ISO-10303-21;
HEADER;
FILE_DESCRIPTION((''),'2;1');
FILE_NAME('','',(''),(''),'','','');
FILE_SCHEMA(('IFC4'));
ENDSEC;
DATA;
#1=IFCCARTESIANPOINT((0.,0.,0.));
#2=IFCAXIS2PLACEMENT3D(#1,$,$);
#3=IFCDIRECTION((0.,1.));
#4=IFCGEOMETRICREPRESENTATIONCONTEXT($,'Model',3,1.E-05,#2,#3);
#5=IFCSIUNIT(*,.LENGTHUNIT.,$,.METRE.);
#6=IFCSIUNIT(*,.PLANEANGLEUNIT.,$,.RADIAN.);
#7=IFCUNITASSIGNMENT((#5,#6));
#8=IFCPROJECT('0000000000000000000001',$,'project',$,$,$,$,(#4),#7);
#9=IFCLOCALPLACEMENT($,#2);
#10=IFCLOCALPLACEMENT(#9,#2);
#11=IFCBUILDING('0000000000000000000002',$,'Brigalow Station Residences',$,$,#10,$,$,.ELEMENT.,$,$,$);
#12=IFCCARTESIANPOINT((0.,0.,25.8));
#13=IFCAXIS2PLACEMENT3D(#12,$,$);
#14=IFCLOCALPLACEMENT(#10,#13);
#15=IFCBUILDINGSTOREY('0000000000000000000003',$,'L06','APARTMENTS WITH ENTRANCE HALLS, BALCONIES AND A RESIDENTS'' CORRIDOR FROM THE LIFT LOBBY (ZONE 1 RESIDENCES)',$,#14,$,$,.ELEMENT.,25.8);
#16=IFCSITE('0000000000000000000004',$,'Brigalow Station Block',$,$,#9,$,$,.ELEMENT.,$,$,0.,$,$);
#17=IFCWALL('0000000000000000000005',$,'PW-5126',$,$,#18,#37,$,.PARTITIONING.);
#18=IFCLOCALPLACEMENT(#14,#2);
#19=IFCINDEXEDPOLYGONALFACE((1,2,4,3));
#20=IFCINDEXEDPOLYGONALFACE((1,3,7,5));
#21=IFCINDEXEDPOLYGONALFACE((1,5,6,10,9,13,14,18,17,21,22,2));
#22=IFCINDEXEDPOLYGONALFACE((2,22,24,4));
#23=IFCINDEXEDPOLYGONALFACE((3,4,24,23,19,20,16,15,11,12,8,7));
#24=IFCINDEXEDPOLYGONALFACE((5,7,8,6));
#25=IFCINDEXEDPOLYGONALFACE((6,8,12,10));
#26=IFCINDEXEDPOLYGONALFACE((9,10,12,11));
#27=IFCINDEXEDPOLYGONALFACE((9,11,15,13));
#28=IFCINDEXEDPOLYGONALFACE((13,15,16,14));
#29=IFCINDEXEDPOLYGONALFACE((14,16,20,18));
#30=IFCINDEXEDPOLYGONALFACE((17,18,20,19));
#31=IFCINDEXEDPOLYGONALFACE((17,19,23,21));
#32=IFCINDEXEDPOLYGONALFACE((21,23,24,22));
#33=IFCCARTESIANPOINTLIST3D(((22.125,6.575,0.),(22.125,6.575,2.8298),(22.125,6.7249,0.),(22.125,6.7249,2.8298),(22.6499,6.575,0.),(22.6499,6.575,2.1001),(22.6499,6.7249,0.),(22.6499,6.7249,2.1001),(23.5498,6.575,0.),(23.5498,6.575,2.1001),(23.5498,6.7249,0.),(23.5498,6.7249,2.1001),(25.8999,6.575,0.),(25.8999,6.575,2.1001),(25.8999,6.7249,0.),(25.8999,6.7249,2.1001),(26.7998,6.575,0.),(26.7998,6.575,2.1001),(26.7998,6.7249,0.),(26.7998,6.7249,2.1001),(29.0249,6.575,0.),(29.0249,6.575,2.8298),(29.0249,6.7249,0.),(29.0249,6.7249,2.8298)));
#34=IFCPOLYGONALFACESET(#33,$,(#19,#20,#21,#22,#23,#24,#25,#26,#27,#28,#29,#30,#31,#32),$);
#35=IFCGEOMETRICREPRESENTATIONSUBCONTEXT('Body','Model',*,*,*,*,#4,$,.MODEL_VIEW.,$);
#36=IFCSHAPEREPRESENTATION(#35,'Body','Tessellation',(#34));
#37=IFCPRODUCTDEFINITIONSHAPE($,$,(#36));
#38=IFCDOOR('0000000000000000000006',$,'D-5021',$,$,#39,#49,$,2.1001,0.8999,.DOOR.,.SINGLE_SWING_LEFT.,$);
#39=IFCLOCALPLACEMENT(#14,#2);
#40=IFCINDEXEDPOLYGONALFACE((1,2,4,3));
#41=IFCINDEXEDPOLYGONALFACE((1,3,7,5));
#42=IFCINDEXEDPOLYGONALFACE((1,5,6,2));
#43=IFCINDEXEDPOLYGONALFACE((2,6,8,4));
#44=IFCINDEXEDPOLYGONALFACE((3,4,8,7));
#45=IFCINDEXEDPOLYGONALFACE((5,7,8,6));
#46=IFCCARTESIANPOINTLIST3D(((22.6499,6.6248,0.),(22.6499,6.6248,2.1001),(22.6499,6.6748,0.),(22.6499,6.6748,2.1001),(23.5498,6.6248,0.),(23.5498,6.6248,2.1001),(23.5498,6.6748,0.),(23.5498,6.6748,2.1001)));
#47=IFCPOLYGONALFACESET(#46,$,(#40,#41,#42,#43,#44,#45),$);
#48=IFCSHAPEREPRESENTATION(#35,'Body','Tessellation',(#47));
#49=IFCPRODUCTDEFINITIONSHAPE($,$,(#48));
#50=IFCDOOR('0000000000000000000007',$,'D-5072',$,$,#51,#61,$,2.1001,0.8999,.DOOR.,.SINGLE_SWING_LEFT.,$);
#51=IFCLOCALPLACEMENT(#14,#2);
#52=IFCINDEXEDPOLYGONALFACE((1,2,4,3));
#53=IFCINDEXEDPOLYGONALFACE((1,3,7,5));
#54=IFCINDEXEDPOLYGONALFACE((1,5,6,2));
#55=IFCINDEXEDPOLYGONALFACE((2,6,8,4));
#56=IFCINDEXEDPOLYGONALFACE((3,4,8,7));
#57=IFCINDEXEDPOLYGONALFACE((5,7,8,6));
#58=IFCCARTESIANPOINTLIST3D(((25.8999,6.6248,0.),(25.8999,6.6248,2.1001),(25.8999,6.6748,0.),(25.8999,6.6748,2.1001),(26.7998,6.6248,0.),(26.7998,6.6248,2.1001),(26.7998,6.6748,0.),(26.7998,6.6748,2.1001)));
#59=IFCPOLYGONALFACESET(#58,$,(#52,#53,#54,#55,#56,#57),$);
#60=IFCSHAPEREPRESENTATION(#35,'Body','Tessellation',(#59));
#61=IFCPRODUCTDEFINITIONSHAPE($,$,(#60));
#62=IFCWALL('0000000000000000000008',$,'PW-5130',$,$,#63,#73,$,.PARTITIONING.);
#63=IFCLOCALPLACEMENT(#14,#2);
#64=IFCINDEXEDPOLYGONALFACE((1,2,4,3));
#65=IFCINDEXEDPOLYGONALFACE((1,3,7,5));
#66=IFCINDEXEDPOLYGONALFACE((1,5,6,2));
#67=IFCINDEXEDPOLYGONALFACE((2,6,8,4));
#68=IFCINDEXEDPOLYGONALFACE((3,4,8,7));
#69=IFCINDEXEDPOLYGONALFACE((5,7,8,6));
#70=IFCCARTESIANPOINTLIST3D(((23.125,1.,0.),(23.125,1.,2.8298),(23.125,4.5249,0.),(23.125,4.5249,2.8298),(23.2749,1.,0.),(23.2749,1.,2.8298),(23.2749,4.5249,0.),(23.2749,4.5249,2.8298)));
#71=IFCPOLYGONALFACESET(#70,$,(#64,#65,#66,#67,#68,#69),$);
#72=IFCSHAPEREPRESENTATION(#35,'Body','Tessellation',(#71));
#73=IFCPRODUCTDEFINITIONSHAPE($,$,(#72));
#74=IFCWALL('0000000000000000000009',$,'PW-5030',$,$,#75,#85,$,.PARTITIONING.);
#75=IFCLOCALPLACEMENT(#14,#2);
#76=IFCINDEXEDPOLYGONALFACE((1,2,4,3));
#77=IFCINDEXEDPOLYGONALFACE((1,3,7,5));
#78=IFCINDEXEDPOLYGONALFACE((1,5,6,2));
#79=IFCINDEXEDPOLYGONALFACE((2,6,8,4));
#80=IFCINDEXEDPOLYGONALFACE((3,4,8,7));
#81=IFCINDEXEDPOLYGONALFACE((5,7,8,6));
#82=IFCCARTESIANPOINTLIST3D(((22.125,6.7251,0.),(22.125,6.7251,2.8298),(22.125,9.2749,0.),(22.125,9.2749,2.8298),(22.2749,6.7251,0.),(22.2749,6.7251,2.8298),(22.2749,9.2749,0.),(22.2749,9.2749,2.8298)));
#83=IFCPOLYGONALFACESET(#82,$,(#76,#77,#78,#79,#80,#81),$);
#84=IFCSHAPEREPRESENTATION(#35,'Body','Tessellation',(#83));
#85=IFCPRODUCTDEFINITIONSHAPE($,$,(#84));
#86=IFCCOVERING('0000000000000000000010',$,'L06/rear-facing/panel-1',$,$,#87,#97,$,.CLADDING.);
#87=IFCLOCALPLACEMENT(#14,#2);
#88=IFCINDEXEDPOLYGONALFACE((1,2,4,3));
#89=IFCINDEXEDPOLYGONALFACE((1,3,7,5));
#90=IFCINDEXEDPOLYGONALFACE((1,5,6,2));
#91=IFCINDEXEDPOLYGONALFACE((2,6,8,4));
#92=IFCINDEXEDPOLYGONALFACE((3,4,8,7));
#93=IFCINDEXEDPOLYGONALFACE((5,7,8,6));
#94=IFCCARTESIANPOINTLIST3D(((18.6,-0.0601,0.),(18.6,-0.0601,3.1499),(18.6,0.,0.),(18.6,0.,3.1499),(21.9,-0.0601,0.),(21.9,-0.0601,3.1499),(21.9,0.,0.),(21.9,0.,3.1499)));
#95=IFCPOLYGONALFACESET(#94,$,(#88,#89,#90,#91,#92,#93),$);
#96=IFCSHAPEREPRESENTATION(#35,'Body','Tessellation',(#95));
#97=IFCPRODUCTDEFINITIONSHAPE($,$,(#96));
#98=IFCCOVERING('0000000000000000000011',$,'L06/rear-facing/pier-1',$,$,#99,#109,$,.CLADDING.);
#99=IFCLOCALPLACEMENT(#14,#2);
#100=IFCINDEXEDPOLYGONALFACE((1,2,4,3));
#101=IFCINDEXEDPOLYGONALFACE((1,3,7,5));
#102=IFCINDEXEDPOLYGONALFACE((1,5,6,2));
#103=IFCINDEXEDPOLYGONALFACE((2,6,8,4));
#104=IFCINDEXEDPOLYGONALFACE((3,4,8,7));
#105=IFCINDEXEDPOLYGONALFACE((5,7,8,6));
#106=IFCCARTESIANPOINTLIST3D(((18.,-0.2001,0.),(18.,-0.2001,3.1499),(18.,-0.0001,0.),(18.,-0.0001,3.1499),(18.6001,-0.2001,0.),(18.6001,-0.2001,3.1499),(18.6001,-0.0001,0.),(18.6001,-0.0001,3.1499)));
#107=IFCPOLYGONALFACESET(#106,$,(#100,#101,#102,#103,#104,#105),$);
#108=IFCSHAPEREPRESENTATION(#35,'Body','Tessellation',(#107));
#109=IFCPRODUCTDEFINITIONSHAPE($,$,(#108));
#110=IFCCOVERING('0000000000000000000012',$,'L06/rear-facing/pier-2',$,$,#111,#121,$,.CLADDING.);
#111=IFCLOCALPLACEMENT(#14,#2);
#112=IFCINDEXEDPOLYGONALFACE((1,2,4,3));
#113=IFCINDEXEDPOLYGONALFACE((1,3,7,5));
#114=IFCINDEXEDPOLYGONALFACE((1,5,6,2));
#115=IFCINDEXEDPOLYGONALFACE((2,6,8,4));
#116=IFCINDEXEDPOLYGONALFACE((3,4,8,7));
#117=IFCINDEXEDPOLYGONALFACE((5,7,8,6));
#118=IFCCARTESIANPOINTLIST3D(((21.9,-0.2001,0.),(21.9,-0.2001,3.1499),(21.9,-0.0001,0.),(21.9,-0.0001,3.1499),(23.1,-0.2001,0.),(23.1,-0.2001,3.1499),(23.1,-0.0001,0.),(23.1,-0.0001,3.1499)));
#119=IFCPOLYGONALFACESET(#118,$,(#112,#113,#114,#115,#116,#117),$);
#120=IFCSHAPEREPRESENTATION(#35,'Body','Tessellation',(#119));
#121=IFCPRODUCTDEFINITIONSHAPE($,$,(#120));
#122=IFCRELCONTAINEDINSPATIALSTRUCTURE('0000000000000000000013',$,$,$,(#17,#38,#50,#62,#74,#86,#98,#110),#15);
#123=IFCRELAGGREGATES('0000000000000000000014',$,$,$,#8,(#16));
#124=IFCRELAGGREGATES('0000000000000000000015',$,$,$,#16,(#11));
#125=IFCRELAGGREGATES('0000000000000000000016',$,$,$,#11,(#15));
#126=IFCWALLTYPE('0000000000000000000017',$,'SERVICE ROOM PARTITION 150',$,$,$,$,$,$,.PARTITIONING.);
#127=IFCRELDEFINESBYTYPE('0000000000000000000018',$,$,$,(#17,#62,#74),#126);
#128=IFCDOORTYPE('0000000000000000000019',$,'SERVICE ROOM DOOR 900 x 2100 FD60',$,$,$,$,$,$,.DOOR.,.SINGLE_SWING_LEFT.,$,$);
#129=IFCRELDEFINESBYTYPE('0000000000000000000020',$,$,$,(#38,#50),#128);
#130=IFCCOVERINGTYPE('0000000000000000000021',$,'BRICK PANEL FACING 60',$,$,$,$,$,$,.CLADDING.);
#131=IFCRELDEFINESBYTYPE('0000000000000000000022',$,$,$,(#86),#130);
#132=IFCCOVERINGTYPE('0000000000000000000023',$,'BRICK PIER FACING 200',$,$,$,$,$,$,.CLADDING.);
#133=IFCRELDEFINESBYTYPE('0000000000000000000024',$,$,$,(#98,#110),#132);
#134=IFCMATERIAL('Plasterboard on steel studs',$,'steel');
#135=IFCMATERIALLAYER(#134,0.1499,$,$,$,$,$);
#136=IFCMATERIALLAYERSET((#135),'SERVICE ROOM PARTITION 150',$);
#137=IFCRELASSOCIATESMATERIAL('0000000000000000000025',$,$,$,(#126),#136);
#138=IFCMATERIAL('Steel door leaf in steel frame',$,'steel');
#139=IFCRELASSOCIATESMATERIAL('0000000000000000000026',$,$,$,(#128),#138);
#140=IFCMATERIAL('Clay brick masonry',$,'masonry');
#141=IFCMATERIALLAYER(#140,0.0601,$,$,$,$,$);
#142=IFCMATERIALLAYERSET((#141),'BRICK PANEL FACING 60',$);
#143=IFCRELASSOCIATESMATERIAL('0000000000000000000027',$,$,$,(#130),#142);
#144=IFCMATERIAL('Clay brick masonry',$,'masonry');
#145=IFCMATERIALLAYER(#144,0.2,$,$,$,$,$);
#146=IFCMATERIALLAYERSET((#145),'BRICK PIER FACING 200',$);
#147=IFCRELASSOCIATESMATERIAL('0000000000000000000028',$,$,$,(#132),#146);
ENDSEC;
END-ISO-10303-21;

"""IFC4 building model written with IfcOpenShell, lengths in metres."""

from ifc_helpers import new_model, si_unit, direction, frame, frame_2d, origin, origin_2d, place, context, subcontext, project, spatial, rectangle, extrude, material, layer, layer_set, type_object, element, fill, save


model = new_model("IFC4")

# Units and contexts
model_context = context("Model", 3, precision=1e-05, world=origin(), true_north=direction((0.0, 1.0)))
body_context = subcontext(model_context, "Body", "Model", "MODEL_VIEW")
ifc_project = project(units=[si_unit("LENGTHUNIT", "METRE"), si_unit("PLANEANGLEUNIT", "RADIAN")], contexts=[model_context])

# Site, building, storey
site_placement = place(None, origin())
site = spatial("IfcSite", under=ifc_project, at=site_placement, Name="Brigalow Station Block", CompositionType="ELEMENT", RefElevation=0.0)
building_placement = place(site_placement, origin())
building = spatial("IfcBuilding", under=site, at=building_placement, Name="Brigalow Station Residences", CompositionType="ELEMENT")
storey_placement = place(building_placement, frame((0.0, 0.0, 25.8)))
storey = spatial("IfcBuildingStorey", under=building, at=storey_placement, Name="L06", Description="APARTMENTS WITH ENTRANCE HALLS, BALCONIES AND A RESIDENTS' CORRIDOR FROM THE LIFT LOBBY (ZONE 1 RESIDENCES)", CompositionType="ELEMENT", Elevation=25.8)

# Wall, openings, doors
ifc_material_1 = material(Name="Plasterboard on steel studs", Category="steel")
ifc_layer_1 = layer(ifc_material_1, 0.1499)
ifc_layer_set_1 = layer_set([ifc_layer_1], Name="SERVICE ROOM PARTITION 150")
wall_type_1 = type_object("IfcWallType", Name="SERVICE ROOM PARTITION 150", PredefinedType="PARTITIONING", material=ifc_layer_set_1)
ifc_material_2 = material(Name="Steel door leaf in steel frame", Category="steel")
door_type = type_object("IfcDoorType", Name="SERVICE ROOM DOOR 900 x 2100 FD60", OperationType="SINGLE_SWING_LEFT", PredefinedType="DOOR", material=ifc_material_2)
wall_1_placement = place(storey_placement, frame((22.125, 6.6499, 0.0), z_axis=(0.0, 0.0, 1.0), x_axis=(1.0, 0.0, 0.0)))
wall_1 = element("IfcWall", 1, at=wall_1_placement, inside=storey, type_object=wall_type_1, Name="PW-5126", PredefinedType="PARTITIONING", context=body_context, shape_type="SweptSolid", body=[
    extrude(rectangle(XDim=6.8999, YDim=0.1499, at=frame_2d((3.45, 0.0))), origin(), (0.0, 0.0, 1.0), 2.8298),
])
opening_1_placement = place(wall_1_placement, frame((0.5249, 0.0, 0.0)))
opening_1 = element("IfcOpeningElement", 2, at=opening_1_placement, cuts=wall_1, PredefinedType="OPENING", context=body_context, shape_type="SweptSolid", body=[
    extrude(rectangle(XDim=0.8999, YDim=2.1001, at=frame_2d((0.45, 1.05))), frame((0.0, 0.085, 0.0), z_axis=(0.0, -1.0, 0.0), x_axis=(1.0, 0.0, 0.0)), (0.0, 0.0, 1.0), 0.1699),
])
opening_2_placement = place(wall_1_placement, frame((3.7749, 0.0, 0.0)))
opening_2 = element("IfcOpeningElement", 3, at=opening_2_placement, cuts=wall_1, PredefinedType="OPENING", context=body_context, shape_type="SweptSolid", body=[
    extrude(rectangle(XDim=0.8999, YDim=2.1001, at=frame_2d((0.45, 1.05))), frame((0.0, 0.085, 0.0), z_axis=(0.0, -1.0, 0.0), x_axis=(1.0, 0.0, 0.0)), (0.0, 0.0, 1.0), 0.1699),
])
door_1_placement = place(opening_1_placement, origin())
door_1 = element("IfcDoor", 4, at=door_1_placement, inside=storey, type_object=door_type, Name="D-5021", OperationType="SINGLE_SWING_LEFT", OverallHeight=2.1001, OverallWidth=0.8999, PredefinedType="DOOR", context=body_context, shape_type="SweptSolid", body=[
    extrude(rectangle(XDim=0.8999, YDim=2.1001, at=frame_2d((0.45, 1.05))), frame((0.0, 0.0249, 0.0), z_axis=(0.0, -1.0, 0.0), x_axis=(1.0, 0.0, 0.0)), (0.0, 0.0, 1.0), 0.05),
])
fill(opening_1, door_1)
door_2_placement = place(opening_2_placement, origin())
door_2 = element("IfcDoor", 5, at=door_2_placement, inside=storey, type_object=door_type, Name="D-5072", OperationType="SINGLE_SWING_LEFT", OverallHeight=2.1001, OverallWidth=0.8999, PredefinedType="DOOR", context=body_context, shape_type="SweptSolid", body=[
    extrude(rectangle(XDim=0.8999, YDim=2.1001, at=frame_2d((0.45, 1.05))), frame((0.0, 0.0249, 0.0), z_axis=(0.0, -1.0, 0.0), x_axis=(1.0, 0.0, 0.0)), (0.0, 0.0, 1.0), 0.05),
])
fill(opening_2, door_2)

# Walls
wall_2_placement = place(storey_placement, frame((23.2, 1.0, 0.0), z_axis=(0.0, 0.0, 1.0), x_axis=(0.0, 1.0, 0.0)))
element("IfcWall", 6, at=wall_2_placement, inside=storey, type_object=wall_type_1, Name="PW-5130", PredefinedType="PARTITIONING", context=body_context, shape_type="SweptSolid", body=[
    extrude(rectangle(XDim=3.5249, YDim=0.1499, at=frame_2d((1.7625, 0.0))), origin(), (0.0, 0.0, 1.0), 2.8298),
])
wall_3_placement = place(storey_placement, frame((22.2, 6.7251, 0.0), z_axis=(0.0, 0.0, 1.0), x_axis=(0.0, 1.0, 0.0)))
element("IfcWall", 7, at=wall_3_placement, inside=storey, type_object=wall_type_1, Name="PW-5030", PredefinedType="PARTITIONING", context=body_context, shape_type="SweptSolid", body=[
    extrude(rectangle(XDim=2.5498, YDim=0.1499, at=frame_2d((1.2749, 0.0))), origin(), (0.0, 0.0, 1.0), 2.8298),
])

# Coverings
ifc_material_3 = material(Name="Clay brick masonry", Category="masonry")
ifc_layer_2 = layer(ifc_material_3, 0.0601)
ifc_layer_set_2 = layer_set([ifc_layer_2], Name="BRICK PANEL FACING 60")
covering_type_1 = type_object("IfcCoveringType", Name="BRICK PANEL FACING 60", PredefinedType="CLADDING", material=ifc_layer_set_2)
covering_1_placement = place(storey_placement, frame((20.25, -0.03, 0.0), z_axis=(0.0, 0.0, 1.0), x_axis=(1.0, 0.0, 0.0)))
element("IfcCovering", 8, at=covering_1_placement, inside=storey, type_object=covering_type_1, Name="L06/rear-facing/panel-1", PredefinedType="CLADDING", context=body_context, shape_type="SweptSolid", body=[
    extrude(rectangle(XDim=3.3, YDim=0.0601, at=origin_2d()), origin(), (0.0, 0.0, 1.0), 3.1499),
])
ifc_material_4 = material(Name="Clay brick masonry", Category="masonry")
ifc_layer_3 = layer(ifc_material_4, 0.2)
ifc_layer_set_3 = layer_set([ifc_layer_3], Name="BRICK PIER FACING 200")
covering_type_2 = type_object("IfcCoveringType", Name="BRICK PIER FACING 200", PredefinedType="CLADDING", material=ifc_layer_set_3)
covering_2_placement = place(storey_placement, frame((18.3, -0.1001, 0.0), z_axis=(0.0, 0.0, 1.0), x_axis=(1.0, 0.0, 0.0)))
element("IfcCovering", 9, at=covering_2_placement, inside=storey, type_object=covering_type_2, Name="L06/rear-facing/pier-1", PredefinedType="CLADDING", context=body_context, shape_type="SweptSolid", body=[
    extrude(rectangle(XDim=0.6001, YDim=0.2, at=origin_2d()), origin(), (0.0, 0.0, 1.0), 3.1499),
])
covering_3_placement = place(storey_placement, frame((22.5, -0.1001, 0.0), z_axis=(0.0, 0.0, 1.0), x_axis=(1.0, 0.0, 0.0)))
element("IfcCovering", 10, at=covering_3_placement, inside=storey, type_object=covering_type_2, Name="L06/rear-facing/pier-2", PredefinedType="CLADDING", context=body_context, shape_type="SweptSolid", body=[
    extrude(rectangle(XDim=1.2, YDim=0.2, at=origin_2d()), origin(), (0.0, 0.0, 1.0), 3.1499),
])

save(model, "model.ifc")
